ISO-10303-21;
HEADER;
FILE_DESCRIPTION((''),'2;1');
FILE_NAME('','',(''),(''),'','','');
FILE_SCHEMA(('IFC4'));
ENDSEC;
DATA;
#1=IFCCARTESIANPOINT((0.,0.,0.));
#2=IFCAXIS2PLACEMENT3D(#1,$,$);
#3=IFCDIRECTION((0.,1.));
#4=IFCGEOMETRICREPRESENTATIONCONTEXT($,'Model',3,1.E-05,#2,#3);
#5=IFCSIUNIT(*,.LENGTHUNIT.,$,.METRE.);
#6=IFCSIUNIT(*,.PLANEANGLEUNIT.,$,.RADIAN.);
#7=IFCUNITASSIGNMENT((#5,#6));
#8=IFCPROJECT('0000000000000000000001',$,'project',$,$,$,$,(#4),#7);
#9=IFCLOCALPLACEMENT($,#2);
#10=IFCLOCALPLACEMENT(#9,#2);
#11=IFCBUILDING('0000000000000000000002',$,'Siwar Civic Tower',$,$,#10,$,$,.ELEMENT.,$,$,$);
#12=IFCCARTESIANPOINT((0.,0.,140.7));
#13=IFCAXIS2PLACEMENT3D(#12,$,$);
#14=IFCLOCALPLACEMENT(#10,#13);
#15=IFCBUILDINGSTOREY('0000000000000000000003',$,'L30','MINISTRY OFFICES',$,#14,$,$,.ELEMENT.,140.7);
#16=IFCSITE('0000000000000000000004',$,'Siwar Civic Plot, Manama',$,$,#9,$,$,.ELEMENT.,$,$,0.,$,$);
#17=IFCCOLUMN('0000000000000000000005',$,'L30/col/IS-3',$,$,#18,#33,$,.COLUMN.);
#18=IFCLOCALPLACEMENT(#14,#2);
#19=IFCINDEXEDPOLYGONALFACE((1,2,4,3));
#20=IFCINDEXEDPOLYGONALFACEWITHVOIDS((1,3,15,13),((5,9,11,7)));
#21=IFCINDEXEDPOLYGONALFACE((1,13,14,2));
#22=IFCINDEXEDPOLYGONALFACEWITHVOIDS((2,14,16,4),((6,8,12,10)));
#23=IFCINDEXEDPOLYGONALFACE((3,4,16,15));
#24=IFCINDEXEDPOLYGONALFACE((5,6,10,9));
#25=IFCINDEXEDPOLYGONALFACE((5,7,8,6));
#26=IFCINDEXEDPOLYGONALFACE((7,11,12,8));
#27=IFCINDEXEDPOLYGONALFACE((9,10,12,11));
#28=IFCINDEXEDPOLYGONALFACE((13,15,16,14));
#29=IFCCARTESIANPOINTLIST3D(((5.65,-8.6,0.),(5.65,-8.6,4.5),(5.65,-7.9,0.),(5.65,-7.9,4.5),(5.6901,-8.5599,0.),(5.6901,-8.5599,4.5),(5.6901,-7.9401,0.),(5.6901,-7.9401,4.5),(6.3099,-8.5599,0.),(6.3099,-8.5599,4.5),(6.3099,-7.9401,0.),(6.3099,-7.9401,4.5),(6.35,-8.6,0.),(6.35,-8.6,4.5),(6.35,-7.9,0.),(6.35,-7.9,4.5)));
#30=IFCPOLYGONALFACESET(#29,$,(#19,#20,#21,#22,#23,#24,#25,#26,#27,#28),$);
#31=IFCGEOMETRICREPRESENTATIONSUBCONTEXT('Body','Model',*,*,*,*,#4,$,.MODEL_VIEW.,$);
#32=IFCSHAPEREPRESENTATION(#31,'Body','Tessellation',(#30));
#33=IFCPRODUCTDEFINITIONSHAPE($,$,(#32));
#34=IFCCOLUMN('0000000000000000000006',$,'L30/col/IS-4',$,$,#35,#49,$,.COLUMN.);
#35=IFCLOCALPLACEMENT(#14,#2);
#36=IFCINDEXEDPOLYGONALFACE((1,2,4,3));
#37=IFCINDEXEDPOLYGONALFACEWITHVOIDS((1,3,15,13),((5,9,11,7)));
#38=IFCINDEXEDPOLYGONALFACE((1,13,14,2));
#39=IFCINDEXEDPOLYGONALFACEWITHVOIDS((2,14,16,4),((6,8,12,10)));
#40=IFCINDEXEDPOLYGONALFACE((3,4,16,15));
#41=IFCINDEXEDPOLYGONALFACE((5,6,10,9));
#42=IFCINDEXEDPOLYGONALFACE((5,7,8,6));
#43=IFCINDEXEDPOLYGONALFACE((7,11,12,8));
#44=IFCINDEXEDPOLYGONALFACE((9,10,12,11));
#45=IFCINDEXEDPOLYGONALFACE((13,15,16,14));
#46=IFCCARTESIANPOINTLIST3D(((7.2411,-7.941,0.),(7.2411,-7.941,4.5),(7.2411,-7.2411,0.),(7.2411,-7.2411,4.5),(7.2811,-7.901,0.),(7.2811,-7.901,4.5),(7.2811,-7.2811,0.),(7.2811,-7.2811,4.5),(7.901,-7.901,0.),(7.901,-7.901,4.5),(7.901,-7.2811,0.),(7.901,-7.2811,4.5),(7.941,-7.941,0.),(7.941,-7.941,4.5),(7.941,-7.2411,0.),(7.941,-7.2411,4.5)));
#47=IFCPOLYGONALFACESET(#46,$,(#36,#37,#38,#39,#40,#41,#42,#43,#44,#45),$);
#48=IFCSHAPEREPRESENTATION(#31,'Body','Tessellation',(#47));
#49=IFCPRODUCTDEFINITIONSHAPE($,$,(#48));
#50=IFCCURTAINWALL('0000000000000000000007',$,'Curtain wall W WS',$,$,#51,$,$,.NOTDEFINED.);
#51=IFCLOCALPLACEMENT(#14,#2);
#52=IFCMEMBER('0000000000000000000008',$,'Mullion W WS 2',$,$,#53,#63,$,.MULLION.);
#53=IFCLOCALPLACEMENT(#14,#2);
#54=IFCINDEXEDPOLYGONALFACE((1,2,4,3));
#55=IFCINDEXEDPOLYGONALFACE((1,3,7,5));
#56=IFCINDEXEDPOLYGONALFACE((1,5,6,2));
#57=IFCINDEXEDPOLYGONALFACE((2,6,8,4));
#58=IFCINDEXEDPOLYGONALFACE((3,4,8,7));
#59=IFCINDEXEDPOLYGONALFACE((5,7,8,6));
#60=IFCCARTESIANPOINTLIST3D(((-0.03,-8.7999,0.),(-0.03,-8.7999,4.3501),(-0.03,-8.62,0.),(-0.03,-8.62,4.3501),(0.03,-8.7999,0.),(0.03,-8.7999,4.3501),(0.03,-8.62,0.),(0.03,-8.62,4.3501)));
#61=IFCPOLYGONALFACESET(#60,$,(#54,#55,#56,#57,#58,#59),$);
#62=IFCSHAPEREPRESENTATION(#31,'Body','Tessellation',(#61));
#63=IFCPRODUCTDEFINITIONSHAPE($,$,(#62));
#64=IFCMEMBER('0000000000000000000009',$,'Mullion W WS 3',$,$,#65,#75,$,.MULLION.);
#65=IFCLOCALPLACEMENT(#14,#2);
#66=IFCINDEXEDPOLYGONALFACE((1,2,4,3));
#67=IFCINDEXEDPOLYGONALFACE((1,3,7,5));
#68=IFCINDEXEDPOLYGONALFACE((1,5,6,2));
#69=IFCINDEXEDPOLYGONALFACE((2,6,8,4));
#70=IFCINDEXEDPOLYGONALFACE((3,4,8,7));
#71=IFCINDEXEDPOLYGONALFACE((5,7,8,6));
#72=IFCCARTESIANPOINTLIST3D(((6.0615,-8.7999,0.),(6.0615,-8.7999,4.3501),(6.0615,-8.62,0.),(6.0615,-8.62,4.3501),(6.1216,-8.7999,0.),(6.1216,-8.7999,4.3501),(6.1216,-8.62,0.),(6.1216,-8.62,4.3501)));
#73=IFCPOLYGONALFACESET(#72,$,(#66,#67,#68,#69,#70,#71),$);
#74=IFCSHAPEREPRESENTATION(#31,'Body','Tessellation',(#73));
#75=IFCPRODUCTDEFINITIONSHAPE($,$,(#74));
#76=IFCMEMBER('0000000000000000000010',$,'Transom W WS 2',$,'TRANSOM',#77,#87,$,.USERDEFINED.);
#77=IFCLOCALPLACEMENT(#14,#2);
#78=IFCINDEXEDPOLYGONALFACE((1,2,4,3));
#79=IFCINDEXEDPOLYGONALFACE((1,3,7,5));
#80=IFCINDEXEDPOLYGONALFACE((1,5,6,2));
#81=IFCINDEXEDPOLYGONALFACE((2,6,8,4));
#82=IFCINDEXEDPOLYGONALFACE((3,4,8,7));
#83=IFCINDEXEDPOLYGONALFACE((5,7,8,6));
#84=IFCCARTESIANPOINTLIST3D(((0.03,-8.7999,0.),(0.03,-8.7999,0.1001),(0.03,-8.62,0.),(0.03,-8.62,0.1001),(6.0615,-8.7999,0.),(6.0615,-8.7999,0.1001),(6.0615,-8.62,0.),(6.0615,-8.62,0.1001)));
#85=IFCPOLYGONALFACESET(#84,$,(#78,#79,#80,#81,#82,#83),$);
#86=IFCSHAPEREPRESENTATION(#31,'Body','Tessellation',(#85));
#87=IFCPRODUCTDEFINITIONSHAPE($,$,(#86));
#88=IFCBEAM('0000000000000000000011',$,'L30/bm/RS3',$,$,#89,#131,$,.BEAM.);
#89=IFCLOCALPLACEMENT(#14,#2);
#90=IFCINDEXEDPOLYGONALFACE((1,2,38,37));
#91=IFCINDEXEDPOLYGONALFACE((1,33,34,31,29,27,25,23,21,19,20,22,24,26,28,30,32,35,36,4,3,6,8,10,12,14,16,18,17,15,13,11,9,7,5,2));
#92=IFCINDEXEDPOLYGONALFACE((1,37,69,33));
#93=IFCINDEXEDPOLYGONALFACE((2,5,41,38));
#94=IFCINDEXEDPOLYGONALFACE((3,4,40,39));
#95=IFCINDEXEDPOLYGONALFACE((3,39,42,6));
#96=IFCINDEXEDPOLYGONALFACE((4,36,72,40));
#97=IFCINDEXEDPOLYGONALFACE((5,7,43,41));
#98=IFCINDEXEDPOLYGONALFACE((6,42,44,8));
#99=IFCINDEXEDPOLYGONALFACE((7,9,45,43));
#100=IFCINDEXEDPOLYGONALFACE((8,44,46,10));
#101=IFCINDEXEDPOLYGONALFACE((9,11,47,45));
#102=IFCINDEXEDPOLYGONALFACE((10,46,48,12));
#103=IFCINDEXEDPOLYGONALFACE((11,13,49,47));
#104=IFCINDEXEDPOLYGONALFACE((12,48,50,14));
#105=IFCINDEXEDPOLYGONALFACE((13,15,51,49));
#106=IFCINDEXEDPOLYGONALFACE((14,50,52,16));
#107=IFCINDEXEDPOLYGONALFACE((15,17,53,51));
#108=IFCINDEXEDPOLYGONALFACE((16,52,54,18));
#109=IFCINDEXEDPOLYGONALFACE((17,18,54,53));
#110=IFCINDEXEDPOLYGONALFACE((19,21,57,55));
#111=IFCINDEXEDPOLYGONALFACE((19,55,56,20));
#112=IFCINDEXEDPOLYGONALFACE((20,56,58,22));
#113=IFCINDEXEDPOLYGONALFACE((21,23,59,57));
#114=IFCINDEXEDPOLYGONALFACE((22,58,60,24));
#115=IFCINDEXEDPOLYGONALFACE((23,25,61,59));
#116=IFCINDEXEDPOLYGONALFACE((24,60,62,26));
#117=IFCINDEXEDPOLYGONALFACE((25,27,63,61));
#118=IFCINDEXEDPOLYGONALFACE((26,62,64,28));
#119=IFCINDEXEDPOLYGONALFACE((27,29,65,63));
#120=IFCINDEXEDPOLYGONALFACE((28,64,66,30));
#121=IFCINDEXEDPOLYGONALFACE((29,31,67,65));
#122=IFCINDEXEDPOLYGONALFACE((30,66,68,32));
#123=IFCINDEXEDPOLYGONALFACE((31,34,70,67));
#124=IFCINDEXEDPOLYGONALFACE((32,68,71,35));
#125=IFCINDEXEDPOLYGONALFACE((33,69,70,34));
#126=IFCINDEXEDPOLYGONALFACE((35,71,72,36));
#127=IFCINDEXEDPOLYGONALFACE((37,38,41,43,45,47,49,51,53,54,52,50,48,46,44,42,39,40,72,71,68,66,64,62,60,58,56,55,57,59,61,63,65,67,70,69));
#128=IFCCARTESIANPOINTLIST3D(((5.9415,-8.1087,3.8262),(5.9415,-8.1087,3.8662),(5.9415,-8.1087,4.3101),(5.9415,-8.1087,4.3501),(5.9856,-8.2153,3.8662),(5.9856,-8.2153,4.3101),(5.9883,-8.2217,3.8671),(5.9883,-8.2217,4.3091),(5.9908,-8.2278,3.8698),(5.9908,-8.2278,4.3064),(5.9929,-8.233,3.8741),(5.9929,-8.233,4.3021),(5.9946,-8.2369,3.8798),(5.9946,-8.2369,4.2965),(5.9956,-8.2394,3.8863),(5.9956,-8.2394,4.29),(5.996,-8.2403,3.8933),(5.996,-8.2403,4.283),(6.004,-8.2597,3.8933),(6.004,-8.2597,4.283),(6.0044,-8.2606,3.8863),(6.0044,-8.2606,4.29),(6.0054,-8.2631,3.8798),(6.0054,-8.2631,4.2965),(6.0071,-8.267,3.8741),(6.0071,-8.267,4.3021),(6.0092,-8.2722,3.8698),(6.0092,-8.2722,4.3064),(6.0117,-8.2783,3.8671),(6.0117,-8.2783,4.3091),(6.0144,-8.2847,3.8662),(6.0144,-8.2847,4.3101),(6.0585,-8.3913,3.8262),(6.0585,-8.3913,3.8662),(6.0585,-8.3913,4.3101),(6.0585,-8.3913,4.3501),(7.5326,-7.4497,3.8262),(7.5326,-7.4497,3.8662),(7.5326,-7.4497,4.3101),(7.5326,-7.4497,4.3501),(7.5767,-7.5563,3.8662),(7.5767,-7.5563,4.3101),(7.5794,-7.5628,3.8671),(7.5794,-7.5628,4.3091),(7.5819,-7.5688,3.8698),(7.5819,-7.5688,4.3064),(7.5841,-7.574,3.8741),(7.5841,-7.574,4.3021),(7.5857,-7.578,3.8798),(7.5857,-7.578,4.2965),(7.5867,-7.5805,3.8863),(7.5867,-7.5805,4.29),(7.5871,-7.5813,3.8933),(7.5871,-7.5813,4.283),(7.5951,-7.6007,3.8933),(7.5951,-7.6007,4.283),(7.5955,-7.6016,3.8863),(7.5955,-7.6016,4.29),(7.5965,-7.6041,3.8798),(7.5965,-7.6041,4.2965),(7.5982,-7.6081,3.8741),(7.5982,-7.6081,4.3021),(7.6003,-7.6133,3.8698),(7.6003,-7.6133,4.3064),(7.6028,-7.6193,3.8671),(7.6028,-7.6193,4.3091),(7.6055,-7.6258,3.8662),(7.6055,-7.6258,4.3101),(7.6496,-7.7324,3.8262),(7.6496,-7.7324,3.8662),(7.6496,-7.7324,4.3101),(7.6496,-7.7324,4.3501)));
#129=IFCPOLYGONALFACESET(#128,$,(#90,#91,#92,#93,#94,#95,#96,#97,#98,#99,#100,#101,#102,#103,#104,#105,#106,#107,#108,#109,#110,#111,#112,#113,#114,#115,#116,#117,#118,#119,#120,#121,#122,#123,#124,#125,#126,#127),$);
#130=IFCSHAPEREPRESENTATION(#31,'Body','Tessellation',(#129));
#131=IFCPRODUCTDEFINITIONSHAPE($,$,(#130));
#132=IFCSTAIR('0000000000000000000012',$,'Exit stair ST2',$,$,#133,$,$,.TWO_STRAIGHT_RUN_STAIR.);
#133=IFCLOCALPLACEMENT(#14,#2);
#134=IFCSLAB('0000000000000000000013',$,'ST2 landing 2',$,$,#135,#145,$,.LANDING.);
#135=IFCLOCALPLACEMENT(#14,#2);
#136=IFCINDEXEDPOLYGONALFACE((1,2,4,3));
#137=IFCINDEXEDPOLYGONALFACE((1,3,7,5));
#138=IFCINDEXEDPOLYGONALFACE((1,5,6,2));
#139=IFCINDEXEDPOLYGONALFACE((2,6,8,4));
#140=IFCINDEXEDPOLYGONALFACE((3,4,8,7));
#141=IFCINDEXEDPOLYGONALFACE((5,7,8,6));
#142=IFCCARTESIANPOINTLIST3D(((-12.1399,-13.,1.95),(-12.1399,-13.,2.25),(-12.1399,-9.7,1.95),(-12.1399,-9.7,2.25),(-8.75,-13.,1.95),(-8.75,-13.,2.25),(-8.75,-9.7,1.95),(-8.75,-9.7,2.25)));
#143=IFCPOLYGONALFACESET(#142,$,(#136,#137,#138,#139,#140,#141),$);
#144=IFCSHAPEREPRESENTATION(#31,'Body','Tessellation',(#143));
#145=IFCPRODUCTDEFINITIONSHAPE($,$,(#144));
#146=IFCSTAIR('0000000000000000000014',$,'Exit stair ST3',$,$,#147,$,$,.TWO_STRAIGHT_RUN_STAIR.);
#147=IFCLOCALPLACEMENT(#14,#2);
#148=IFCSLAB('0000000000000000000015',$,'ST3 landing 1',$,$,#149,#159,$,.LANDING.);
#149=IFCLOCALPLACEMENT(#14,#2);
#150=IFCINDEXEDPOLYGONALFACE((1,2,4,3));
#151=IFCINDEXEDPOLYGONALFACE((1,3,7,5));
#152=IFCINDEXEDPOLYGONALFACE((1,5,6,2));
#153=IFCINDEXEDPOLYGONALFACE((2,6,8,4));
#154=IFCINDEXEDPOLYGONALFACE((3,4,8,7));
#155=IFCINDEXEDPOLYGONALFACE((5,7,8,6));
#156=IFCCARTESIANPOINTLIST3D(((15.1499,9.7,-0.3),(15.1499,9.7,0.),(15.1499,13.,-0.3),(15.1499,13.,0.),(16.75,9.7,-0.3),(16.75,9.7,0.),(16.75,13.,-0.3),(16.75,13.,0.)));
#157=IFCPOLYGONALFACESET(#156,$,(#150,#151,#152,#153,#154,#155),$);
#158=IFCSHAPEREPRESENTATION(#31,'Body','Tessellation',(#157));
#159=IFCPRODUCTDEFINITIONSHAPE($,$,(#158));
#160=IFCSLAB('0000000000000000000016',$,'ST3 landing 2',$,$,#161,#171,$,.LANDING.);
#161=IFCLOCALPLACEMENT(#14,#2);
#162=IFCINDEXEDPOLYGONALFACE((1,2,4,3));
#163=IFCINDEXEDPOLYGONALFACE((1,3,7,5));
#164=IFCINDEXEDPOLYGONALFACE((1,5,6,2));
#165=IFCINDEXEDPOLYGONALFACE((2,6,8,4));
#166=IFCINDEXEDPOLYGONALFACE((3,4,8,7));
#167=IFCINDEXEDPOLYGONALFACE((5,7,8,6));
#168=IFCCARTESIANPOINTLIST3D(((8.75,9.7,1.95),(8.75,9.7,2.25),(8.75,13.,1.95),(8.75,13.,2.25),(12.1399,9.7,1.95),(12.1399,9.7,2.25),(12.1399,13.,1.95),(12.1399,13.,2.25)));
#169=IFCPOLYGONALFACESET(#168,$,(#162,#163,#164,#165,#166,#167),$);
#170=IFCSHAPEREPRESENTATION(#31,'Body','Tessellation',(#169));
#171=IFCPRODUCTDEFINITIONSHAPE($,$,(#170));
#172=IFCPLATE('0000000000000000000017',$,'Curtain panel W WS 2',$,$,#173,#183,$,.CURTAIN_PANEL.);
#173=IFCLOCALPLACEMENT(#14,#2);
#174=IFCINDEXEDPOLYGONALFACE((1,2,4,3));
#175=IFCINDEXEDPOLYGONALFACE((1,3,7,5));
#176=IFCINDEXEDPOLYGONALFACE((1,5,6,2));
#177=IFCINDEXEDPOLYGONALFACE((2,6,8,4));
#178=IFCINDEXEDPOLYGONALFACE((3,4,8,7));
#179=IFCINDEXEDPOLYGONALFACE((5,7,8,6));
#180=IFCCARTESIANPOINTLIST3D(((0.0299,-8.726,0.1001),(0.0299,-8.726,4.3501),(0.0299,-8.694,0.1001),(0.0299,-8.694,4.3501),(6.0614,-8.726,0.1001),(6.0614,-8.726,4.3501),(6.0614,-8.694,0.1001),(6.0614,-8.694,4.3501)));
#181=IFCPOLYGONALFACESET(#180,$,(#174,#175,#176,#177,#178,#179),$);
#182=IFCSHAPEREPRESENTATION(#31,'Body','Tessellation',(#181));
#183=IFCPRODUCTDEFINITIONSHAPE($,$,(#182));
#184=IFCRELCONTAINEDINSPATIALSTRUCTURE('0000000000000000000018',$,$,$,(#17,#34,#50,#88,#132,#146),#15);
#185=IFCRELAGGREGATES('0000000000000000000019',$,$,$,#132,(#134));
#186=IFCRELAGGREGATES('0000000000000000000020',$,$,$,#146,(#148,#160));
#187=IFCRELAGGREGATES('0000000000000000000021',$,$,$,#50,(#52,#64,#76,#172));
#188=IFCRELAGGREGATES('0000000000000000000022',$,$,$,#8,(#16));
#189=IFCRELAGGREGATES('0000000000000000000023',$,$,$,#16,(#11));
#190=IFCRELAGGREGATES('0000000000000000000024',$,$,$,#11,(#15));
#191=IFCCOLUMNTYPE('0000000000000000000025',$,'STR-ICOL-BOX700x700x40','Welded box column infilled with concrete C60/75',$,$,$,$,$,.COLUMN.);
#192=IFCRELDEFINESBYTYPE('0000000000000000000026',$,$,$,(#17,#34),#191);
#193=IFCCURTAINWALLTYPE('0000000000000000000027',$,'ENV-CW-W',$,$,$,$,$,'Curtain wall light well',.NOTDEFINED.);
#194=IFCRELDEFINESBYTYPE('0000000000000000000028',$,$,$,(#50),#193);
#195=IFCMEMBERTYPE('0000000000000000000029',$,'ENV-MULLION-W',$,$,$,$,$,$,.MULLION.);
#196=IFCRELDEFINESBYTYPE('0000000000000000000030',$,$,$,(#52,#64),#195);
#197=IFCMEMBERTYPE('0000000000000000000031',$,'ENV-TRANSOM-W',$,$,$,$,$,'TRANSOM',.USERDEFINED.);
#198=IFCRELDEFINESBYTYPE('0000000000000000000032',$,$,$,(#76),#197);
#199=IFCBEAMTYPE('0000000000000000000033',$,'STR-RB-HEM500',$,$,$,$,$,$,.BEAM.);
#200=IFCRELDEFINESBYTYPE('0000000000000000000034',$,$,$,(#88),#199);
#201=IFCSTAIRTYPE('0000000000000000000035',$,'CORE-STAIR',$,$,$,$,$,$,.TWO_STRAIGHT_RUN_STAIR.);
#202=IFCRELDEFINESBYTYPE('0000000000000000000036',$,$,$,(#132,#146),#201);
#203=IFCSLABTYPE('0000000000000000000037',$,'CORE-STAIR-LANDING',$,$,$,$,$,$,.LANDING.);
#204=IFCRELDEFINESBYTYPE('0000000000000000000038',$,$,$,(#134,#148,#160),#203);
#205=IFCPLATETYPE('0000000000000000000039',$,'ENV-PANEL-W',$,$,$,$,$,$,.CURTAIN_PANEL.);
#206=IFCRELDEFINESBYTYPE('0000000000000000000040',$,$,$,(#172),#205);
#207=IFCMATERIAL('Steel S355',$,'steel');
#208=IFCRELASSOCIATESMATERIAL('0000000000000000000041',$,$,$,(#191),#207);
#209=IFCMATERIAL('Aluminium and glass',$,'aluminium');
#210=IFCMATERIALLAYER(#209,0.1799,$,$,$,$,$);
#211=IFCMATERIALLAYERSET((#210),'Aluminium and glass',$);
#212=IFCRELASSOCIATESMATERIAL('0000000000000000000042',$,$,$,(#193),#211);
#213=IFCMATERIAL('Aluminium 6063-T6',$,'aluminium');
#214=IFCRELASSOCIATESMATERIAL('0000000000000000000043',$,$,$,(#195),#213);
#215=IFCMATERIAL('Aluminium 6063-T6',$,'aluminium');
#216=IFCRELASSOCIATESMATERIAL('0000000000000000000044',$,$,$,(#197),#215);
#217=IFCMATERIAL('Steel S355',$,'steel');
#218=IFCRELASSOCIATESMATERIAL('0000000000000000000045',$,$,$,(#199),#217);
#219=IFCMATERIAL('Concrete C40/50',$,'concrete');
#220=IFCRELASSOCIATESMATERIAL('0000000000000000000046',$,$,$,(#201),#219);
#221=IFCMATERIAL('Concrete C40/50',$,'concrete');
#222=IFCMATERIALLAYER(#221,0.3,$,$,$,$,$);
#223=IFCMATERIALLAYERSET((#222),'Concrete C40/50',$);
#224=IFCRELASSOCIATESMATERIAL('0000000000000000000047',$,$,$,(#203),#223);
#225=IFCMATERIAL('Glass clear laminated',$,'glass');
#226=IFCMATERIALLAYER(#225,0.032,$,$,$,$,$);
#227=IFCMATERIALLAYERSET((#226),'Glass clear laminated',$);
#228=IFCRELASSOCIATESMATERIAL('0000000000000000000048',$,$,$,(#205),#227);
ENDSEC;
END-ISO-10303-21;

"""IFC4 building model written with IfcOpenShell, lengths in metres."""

from ifc_helpers import new_model, si_unit, direction, frame, origin, origin_2d, place, context, subcontext, project, spatial, polyline, rectangle, hollow_rectangle, i_section, outline, extrude, material, layer, layer_set, material_profile, profile_set, type_object, element, aggregate, save


model = new_model("IFC4")

# Units and contexts
model_context = context("Model", 3, precision=1e-05, world=origin(), true_north=direction((0.0, 1.0)))
body_context = subcontext(model_context, "Body", "Model", "MODEL_VIEW")
ifc_project = project(units=[si_unit("LENGTHUNIT", "METRE"), si_unit("PLANEANGLEUNIT", "RADIAN")], contexts=[model_context])

# Site, building, storey
site_placement = place(None, origin())
site = spatial("IfcSite", under=ifc_project, at=site_placement, Name="Siwar Civic Plot, Manama", CompositionType="ELEMENT", RefElevation=0.0)
building_placement = place(site_placement, origin())
building = spatial("IfcBuilding", under=site, at=building_placement, Name="Siwar Civic Tower", CompositionType="ELEMENT")
storey_placement = place(building_placement, frame((0.0, 0.0, 140.7)))
storey = spatial("IfcBuildingStorey", under=building, at=storey_placement, Name="L30", Description="MINISTRY OFFICES", CompositionType="ELEMENT", Elevation=140.7)

# Columns
ifc_material_1 = material(Name="Steel S355", Category="steel")
ifc_material_profile_1 = material_profile(ifc_material_1, hollow_rectangle(XDim=0.7, YDim=0.7, WallThickness=0.04, at=origin_2d()), Name="BOX700x700x40")
ifc_profile_set_1 = profile_set([ifc_material_profile_1], Name="Steel S355")
column_type = type_object("IfcColumnType", Name="STR-ICOL-BOX700x700x40", Description="Welded box column infilled with concrete C60/75", PredefinedType="COLUMN", material=ifc_profile_set_1)
for number, where, z_axis, x_axis, name in (
    (1, (6.0, -8.25, 0.0), (0.0, 0.0, 1.0), (1.0, 0.0, 0.0), "L30/col/IS-3"),
    (2, (7.5911, -7.5911, 0.0), (0.0, 0.0, 1.0), (1.0, 0.0, 0.0), "L30/col/IS-4"),
):
    element("IfcColumn", number, at=place(storey_placement, frame(where, z_axis=z_axis, x_axis=x_axis)), inside=storey, type_object=column_type, Name=name, PredefinedType="COLUMN", context=body_context, shape_type="SweptSolid", body=[
        extrude(hollow_rectangle(XDim=0.7, YDim=0.7, WallThickness=0.04, at=origin_2d()), origin(), (0.0, 0.0, 1.0), 4.5),
    ])

# Curtain wall, members
ifc_material_2 = material(Name="Aluminium and glass", Category="aluminium")
ifc_layer_1 = layer(ifc_material_2, 0.1799)
ifc_layer_set_1 = layer_set([ifc_layer_1], Name="Aluminium and glass")
curtain_wall_type = type_object("IfcCurtainWallType", Name="ENV-CW-W", ElementType="Curtain wall light well", PredefinedType="NOTDEFINED", material=ifc_layer_set_1)
curtain_wall_placement = place(storey_placement, origin())
curtain_wall = element("IfcCurtainWall", 3, at=curtain_wall_placement, inside=storey, type_object=curtain_wall_type, Name="Curtain wall W WS", PredefinedType="NOTDEFINED")
ifc_material_3 = material(Name="Aluminium 6063-T6", Category="aluminium")
ifc_material_profile_2 = material_profile(ifc_material_3, rectangle(XDim=0.1799, YDim=0.0601, at=origin_2d()), Name="AL 180x60")
ifc_profile_set_2 = profile_set([ifc_material_profile_2], Name="Aluminium 6063-T6")
member_type_1 = type_object("IfcMemberType", Name="ENV-MULLION-W", PredefinedType="MULLION", material=ifc_profile_set_2)
member_1_placement = place(storey_placement, frame((0.0, -8.71, 0.0), z_axis=(0.0, 0.0, 1.0), x_axis=(0.0, 1.0, 0.0)))
member_1 = element("IfcMember", 4, at=member_1_placement, type_object=member_type_1, Name="Mullion W WS 2", PredefinedType="MULLION", context=body_context, shape_type="SweptSolid", body=[
    extrude(rectangle(XDim=0.1799, YDim=0.0601, at=origin_2d()), origin(), (0.0, 0.0, 1.0), 4.3501),
])
member_2_placement = place(storey_placement, frame((6.0916, -8.71, 0.0), z_axis=(0.0, 0.0, 1.0), x_axis=(0.0, 1.0, 0.0)))
member_2 = element("IfcMember", 5, at=member_2_placement, type_object=member_type_1, Name="Mullion W WS 3", PredefinedType="MULLION", context=body_context, shape_type="SweptSolid", body=[
    extrude(rectangle(XDim=0.1799, YDim=0.0601, at=origin_2d()), origin(), (0.0, 0.0, 1.0), 4.3501),
])
ifc_material_4 = material(Name="Aluminium 6063-T6", Category="aluminium")
ifc_material_profile_3 = material_profile(ifc_material_4, rectangle(XDim=0.1799, YDim=0.1001, at=origin_2d()), Name="AL 180x100")
ifc_profile_set_3 = profile_set([ifc_material_profile_3], Name="Aluminium 6063-T6")
member_type_2 = type_object("IfcMemberType", Name="ENV-TRANSOM-W", ElementType="TRANSOM", PredefinedType="USERDEFINED", material=ifc_profile_set_3)
member_3_placement = place(storey_placement, frame((0.03, -8.71, 0.05), z_axis=(1.0, 0.0, 0.0), x_axis=(0.0, 1.0, 0.0)))
member_3 = element("IfcMember", 6, at=member_3_placement, type_object=member_type_2, Name="Transom W WS 2", ObjectType="TRANSOM", PredefinedType="USERDEFINED", context=body_context, shape_type="SweptSolid", body=[
    extrude(rectangle(XDim=0.1799, YDim=0.1001, at=origin_2d()), origin(), (0.0, 0.0, 1.0), 6.0315),
])

# Beam
ifc_material_5 = material(Name="Steel S355", Category="steel")
ifc_material_profile_4 = material_profile(ifc_material_5, i_section(OverallWidth=0.3059, OverallDepth=0.5239, WebThickness=0.021, FlangeThickness=0.04, FilletRadius=0.0271, at=origin_2d()), Name="HEM500")
ifc_profile_set_4 = profile_set([ifc_material_profile_4], Name="Steel S355")
beam_type = type_object("IfcBeamType", Name="STR-RB-HEM500", PredefinedType="BEAM", material=ifc_profile_set_4)
beam_placement = place(storey_placement, frame((6.0, -8.25, 4.0881), z_axis=(0.923901, 0.382631, 0.0), x_axis=(-0.382631, 0.923901, 0.0)))
element("IfcBeam", 7, at=beam_placement, inside=storey, type_object=beam_type, Name="L30/bm/RS3", PredefinedType="BEAM", context=body_context, shape_type="SweptSolid", body=[
    extrude(i_section(OverallWidth=0.3059, OverallDepth=0.5239, WebThickness=0.021, FlangeThickness=0.04, FilletRadius=0.0271, at=origin_2d()), origin(), (0.0, 0.0, 1.0), 1.7222),
])

# Stair, slab
ifc_material_6 = material(Name="Concrete C40/50", Category="concrete")
stair_type = type_object("IfcStairType", Name="CORE-STAIR", PredefinedType="TWO_STRAIGHT_RUN_STAIR", material=ifc_material_6)
stair_1_placement = place(storey_placement, origin())
stair_1 = element("IfcStair", 8, at=stair_1_placement, inside=storey, type_object=stair_type, Name="Exit stair ST2", PredefinedType="TWO_STRAIGHT_RUN_STAIR")
ifc_material_7 = material(Name="Concrete C40/50", Category="concrete")
ifc_layer_2 = layer(ifc_material_7, 0.3)
ifc_layer_set_2 = layer_set([ifc_layer_2], Name="Concrete C40/50")
slab_type = type_object("IfcSlabType", Name="CORE-STAIR-LANDING", PredefinedType="LANDING", material=ifc_layer_set_2)
slab_1_placement = place(storey_placement, frame((0.0, 0.0, 1.95)))
slab_1 = element("IfcSlab", 9, at=slab_1_placement, type_object=slab_type, Name="ST2 landing 2", PredefinedType="LANDING", context=body_context, shape_type="SweptSolid", body=[
    extrude(outline(polyline([(-8.75, -9.7), (-12.1399, -9.7), (-12.1399, -13.0), (-8.75, -13.0), (-8.75, -9.7)])), origin(), (0.0, 0.0, 1.0), 0.3),
])
aggregate(stair_1, [slab_1])

# Stair, slabs
stair_2_placement = place(storey_placement, origin())
stair_2 = element("IfcStair", 10, at=stair_2_placement, inside=storey, type_object=stair_type, Name="Exit stair ST3", PredefinedType="TWO_STRAIGHT_RUN_STAIR")
slab_2_placement = place(storey_placement, frame((0.0, 0.0, -0.3)))
slab_2 = element("IfcSlab", 11, at=slab_2_placement, type_object=slab_type, Name="ST3 landing 1", PredefinedType="LANDING", context=body_context, shape_type="SweptSolid", body=[
    extrude(outline(polyline([(15.1499, 9.7), (16.75, 9.7), (16.75, 13.0), (15.1499, 13.0), (15.1499, 9.7)])), origin(), (0.0, 0.0, 1.0), 0.3),
])
slab_3_placement = place(storey_placement, frame((0.0, 0.0, 1.95)))
slab_3 = element("IfcSlab", 12, at=slab_3_placement, type_object=slab_type, Name="ST3 landing 2", PredefinedType="LANDING", context=body_context, shape_type="SweptSolid", body=[
    extrude(outline(polyline([(8.75, 9.7), (12.1399, 9.7), (12.1399, 13.0), (8.75, 13.0), (8.75, 9.7)])), origin(), (0.0, 0.0, 1.0), 0.3),
])
aggregate(stair_2, [slab_2, slab_3])

# Plate
ifc_material_8 = material(Name="Glass clear laminated", Category="glass")
ifc_layer_3 = layer(ifc_material_8, 0.032)
ifc_layer_set_3 = layer_set([ifc_layer_3], Name="Glass clear laminated")
plate_type = type_object("IfcPlateType", Name="ENV-PANEL-W", PredefinedType="CURTAIN_PANEL", material=ifc_layer_set_3)
plate_placement = place(storey_placement, frame((3.0457, -8.71, 0.1001), z_axis=(0.0, 0.0, 1.0), x_axis=(1.0, 0.0, 0.0)))
plate = element("IfcPlate", 13, at=plate_placement, type_object=plate_type, Name="Curtain panel W WS 2", PredefinedType="CURTAIN_PANEL", context=body_context, shape_type="SweptSolid", body=[
    extrude(rectangle(XDim=6.0315, YDim=0.032, at=origin_2d()), origin(), (0.0, 0.0, 1.0), 4.25),
])
aggregate(curtain_wall, [member_1, member_2, member_3, plate])

save(model, "model.ifc")
